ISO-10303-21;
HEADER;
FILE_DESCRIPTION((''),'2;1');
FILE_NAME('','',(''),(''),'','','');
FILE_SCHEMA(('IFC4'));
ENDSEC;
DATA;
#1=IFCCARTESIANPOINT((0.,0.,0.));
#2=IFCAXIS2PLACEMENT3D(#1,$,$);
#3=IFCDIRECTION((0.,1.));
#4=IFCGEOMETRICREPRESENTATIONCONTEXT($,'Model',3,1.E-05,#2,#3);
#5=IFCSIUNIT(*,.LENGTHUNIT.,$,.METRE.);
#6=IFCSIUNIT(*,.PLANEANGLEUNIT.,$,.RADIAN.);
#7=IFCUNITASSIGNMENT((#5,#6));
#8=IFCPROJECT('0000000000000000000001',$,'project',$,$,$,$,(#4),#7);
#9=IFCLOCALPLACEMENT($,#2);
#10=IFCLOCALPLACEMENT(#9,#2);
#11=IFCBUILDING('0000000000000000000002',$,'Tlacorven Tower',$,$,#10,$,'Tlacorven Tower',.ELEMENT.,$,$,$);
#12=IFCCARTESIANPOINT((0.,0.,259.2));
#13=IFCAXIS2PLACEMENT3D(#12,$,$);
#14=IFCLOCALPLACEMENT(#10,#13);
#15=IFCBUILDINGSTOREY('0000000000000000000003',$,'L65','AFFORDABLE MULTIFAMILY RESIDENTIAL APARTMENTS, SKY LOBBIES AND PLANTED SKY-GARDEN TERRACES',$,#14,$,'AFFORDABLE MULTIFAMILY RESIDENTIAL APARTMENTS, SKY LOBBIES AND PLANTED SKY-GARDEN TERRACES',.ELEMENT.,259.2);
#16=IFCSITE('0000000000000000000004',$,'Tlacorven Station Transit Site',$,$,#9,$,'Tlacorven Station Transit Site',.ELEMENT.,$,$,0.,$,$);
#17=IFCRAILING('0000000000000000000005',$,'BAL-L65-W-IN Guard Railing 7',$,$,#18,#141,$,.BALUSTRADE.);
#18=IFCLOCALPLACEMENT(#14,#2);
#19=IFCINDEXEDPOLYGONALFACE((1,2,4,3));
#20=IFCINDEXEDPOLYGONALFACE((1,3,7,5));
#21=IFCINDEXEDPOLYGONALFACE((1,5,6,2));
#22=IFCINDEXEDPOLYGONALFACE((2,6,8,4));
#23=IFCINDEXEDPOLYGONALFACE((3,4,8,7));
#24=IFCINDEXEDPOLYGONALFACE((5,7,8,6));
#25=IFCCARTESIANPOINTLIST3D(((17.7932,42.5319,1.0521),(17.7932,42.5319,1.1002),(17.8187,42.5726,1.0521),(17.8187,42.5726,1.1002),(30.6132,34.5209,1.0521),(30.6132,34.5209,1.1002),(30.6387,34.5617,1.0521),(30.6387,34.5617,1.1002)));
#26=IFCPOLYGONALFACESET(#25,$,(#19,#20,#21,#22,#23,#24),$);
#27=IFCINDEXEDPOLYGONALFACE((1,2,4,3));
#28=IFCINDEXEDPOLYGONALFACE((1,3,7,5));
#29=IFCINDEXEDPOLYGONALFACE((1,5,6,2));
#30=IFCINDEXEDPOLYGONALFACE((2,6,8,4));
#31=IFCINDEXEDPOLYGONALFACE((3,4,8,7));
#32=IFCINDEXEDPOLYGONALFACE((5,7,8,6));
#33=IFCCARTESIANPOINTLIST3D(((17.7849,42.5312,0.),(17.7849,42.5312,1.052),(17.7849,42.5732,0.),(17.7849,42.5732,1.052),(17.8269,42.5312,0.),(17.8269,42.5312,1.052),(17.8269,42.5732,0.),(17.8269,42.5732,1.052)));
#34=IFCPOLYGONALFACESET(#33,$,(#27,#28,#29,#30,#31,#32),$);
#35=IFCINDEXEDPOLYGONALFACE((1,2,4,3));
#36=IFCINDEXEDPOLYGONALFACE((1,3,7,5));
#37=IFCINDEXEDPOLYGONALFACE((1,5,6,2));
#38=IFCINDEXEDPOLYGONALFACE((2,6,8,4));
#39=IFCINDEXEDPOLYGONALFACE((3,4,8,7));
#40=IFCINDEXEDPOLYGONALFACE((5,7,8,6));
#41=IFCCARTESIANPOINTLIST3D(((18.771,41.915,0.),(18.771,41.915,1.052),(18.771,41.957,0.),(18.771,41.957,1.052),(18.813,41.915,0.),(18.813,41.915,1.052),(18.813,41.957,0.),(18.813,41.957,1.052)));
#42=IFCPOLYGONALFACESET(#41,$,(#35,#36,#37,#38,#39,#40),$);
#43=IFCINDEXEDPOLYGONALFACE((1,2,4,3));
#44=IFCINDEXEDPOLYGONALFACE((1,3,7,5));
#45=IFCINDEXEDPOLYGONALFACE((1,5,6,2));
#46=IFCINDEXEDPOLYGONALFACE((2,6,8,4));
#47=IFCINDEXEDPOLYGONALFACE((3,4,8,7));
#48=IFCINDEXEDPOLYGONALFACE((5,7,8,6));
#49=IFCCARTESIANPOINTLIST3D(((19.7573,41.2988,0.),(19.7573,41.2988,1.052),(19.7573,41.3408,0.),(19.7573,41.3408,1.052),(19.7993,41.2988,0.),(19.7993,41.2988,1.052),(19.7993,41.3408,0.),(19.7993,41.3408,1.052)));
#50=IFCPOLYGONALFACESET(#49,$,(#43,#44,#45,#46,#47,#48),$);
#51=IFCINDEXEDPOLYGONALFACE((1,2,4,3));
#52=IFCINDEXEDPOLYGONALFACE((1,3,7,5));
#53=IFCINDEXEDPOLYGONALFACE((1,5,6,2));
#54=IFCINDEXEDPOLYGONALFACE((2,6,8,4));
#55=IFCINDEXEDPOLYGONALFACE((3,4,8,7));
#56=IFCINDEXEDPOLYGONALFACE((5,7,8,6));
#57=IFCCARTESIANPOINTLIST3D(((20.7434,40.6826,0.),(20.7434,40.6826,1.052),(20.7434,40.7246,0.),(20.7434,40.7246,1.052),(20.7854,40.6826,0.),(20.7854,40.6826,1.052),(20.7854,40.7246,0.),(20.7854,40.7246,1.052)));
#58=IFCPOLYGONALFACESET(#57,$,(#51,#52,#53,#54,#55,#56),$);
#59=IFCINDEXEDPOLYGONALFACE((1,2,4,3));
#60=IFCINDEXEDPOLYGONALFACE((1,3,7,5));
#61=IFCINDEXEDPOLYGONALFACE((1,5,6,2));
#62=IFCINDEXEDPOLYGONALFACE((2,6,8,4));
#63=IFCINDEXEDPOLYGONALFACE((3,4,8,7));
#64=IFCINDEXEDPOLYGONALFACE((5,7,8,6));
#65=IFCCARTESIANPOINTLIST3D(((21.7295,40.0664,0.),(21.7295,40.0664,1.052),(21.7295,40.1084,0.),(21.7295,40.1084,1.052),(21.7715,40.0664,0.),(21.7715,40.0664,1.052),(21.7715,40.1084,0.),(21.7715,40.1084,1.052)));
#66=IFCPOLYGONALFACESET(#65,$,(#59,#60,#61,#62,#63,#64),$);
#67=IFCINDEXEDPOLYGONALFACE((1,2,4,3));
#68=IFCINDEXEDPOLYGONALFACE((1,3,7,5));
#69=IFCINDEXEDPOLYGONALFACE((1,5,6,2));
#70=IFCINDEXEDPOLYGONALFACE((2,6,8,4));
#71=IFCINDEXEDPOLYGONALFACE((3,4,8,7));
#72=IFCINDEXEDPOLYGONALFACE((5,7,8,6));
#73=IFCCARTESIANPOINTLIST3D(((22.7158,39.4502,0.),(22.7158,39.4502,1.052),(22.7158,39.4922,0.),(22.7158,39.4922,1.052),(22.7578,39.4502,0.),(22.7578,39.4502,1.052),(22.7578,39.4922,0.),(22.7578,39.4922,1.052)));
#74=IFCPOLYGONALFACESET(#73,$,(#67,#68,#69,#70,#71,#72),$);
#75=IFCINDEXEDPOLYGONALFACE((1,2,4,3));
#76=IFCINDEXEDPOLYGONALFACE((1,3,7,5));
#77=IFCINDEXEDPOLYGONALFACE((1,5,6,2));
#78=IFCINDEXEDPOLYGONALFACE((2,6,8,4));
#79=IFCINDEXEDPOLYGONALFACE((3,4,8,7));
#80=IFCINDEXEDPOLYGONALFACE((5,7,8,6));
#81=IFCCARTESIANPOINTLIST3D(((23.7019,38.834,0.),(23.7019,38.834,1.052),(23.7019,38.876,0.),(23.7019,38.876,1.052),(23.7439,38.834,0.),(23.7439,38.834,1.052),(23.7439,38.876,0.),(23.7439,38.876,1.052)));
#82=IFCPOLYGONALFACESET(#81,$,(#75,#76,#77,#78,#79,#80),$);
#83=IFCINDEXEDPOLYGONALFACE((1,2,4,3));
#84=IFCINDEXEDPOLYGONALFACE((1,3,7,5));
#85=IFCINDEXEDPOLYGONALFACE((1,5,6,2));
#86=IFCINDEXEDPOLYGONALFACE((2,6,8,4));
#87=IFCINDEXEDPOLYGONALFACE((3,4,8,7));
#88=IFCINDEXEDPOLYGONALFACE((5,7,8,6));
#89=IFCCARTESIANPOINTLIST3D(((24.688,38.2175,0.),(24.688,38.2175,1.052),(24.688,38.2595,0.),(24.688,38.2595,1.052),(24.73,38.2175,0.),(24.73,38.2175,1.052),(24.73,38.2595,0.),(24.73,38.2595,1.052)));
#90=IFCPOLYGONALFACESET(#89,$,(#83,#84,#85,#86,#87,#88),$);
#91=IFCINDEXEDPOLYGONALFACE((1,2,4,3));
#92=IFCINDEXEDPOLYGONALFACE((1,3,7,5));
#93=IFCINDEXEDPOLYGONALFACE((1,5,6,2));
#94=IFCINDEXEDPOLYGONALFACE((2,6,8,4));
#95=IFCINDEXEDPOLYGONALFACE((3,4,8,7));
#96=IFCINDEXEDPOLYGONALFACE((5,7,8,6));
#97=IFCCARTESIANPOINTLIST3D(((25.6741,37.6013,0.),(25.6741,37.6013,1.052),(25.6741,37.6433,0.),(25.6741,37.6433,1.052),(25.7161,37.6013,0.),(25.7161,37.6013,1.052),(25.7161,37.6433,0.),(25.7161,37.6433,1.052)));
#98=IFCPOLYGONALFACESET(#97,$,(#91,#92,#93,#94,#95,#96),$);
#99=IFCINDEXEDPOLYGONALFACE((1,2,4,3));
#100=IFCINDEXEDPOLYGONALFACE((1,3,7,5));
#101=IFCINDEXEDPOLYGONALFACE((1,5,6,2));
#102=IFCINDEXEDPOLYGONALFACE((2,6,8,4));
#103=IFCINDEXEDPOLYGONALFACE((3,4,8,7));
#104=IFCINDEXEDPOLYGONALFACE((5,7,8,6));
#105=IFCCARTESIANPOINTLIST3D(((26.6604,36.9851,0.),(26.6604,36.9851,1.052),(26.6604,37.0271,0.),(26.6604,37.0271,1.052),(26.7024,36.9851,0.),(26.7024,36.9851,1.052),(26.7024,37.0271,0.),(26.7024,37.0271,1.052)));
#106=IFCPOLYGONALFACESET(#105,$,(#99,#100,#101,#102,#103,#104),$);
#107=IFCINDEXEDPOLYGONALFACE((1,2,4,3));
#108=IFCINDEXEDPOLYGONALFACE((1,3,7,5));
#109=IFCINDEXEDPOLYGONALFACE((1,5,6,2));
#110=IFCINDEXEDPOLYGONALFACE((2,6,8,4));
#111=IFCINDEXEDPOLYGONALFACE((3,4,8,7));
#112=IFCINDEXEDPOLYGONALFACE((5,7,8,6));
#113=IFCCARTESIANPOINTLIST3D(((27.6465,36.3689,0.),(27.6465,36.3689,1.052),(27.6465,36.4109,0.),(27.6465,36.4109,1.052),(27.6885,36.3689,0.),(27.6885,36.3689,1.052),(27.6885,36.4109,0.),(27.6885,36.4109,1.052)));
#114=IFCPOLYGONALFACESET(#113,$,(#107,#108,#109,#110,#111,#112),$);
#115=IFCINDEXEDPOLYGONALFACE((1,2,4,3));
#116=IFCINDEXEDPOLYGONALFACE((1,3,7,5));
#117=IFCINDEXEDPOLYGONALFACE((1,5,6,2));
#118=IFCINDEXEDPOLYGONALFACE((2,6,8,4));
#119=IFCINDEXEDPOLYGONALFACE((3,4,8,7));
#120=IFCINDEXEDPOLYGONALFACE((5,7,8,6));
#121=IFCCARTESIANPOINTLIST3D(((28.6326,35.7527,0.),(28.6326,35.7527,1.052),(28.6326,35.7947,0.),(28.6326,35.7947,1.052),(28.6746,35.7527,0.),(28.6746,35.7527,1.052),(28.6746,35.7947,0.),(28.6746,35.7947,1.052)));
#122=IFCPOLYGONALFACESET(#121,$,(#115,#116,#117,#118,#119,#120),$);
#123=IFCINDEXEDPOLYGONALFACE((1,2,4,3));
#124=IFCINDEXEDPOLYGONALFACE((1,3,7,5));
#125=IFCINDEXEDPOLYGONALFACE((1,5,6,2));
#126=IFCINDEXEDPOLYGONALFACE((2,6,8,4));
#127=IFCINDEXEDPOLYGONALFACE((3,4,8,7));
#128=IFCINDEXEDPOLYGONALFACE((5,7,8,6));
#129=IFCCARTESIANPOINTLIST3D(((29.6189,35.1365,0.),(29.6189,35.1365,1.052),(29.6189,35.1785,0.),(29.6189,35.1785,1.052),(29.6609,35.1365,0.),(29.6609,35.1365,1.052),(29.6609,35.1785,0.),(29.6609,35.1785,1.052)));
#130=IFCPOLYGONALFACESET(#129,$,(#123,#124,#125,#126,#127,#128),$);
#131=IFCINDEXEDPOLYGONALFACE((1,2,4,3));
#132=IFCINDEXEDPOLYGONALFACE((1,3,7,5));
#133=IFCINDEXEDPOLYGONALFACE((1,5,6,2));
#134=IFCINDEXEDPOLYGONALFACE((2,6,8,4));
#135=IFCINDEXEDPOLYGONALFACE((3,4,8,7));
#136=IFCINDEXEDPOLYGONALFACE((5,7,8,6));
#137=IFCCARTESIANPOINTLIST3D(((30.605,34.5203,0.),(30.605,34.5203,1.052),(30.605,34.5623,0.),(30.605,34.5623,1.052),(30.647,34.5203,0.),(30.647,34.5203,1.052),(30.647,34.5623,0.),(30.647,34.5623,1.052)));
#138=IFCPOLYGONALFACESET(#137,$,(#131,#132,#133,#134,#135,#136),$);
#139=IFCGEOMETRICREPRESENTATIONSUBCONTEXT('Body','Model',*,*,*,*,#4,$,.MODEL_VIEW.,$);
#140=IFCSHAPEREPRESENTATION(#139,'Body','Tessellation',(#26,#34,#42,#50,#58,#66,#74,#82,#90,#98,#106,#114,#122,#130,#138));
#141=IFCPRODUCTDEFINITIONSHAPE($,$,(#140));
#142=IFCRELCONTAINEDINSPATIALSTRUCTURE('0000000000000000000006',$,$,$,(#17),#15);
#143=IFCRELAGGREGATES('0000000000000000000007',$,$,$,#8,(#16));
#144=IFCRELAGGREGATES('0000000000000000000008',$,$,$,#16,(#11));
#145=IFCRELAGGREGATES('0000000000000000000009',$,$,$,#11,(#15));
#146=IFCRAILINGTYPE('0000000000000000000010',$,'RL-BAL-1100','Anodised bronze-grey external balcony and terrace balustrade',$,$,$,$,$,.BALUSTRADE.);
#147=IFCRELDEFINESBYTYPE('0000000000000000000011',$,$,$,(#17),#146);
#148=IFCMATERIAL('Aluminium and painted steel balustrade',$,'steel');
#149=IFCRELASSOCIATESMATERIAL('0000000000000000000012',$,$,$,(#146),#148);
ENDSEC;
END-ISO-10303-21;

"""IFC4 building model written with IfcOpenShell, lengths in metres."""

from ifc_helpers import new_model, si_unit, direction, frame, origin, origin_2d, place, context, subcontext, project, spatial, rectangle, extrude, source, transform, mapped, material, type_object, element, save


model = new_model("IFC4")

# Units and contexts
model_context = context("Model", 3, precision=1e-05, world=origin(), true_north=direction((0.0, 1.0)))
body_context = subcontext(model_context, "Body", "Model", "MODEL_VIEW")
ifc_project = project(units=[si_unit("LENGTHUNIT", "METRE"), si_unit("PLANEANGLEUNIT", "RADIAN")], contexts=[model_context])

# Site, building, storey
site_placement = place(None, origin())
site = spatial("IfcSite", under=ifc_project, at=site_placement, Name="Tlacorven Station Transit Site", LongName="Tlacorven Station Transit Site", CompositionType="ELEMENT", RefElevation=0.0)
building_placement = place(site_placement, origin())
building = spatial("IfcBuilding", under=site, at=building_placement, Name="Tlacorven Tower", LongName="Tlacorven Tower", CompositionType="ELEMENT")
storey_placement = place(building_placement, frame((0.0, 0.0, 259.2)))
storey = spatial("IfcBuildingStorey", under=building, at=storey_placement, Name="L65", Description="AFFORDABLE MULTIFAMILY RESIDENTIAL APARTMENTS, SKY LOBBIES AND PLANTED SKY-GARDEN TERRACES", LongName="AFFORDABLE MULTIFAMILY RESIDENTIAL APARTMENTS, SKY LOBBIES AND PLANTED SKY-GARDEN TERRACES", CompositionType="ELEMENT", Elevation=259.2)

# Railing
ifc_material_1 = material(Name="Aluminium and painted steel balustrade", Category="steel")
railing_type = type_object("IfcRailingType", Name="RL-BAL-1100", Description="Anodised bronze-grey external balcony and terrace balustrade", PredefinedType="BALUSTRADE", material=ifc_material_1)
shared_shape_1 = source(origin(), body_context, "Body", "SweptSolid", [
    extrude(rectangle(XDim=0.0481, YDim=0.0481, at=origin_2d()), frame((0.0, 0.0, 1.0762), z_axis=(0.848045, -0.529925, 0.0), x_axis=(0.529925, 0.848045, 0.0)), (0.0, 0.0, 1.0), 15.1172),
    extrude(rectangle(XDim=0.042, YDim=0.042, at=origin_2d()), origin(), (0.0, 0.0, 1.0), 1.052),
    extrude(rectangle(XDim=0.042, YDim=0.042, at=origin_2d()), frame((0.9861, -0.6162, 0.0)), (0.0, 0.0, 1.0), 1.052),
    extrude(rectangle(XDim=0.042, YDim=0.042, at=origin_2d()), frame((1.9724, -1.2324, 0.0)), (0.0, 0.0, 1.0), 1.052),
    extrude(rectangle(XDim=0.042, YDim=0.042, at=origin_2d()), frame((2.9585, -1.8486, 0.0)), (0.0, 0.0, 1.0), 1.052),
    extrude(rectangle(XDim=0.042, YDim=0.042, at=origin_2d()), frame((3.9446, -2.4648, 0.0)), (0.0, 0.0, 1.0), 1.052),
    extrude(rectangle(XDim=0.042, YDim=0.042, at=origin_2d()), frame((4.9309, -3.0811, 0.0)), (0.0, 0.0, 1.0), 1.052),
    extrude(rectangle(XDim=0.042, YDim=0.042, at=origin_2d()), frame((5.917, -3.6973, 0.0)), (0.0, 0.0, 1.0), 1.052),
    extrude(rectangle(XDim=0.042, YDim=0.042, at=origin_2d()), frame((6.9031, -4.3137, 0.0)), (0.0, 0.0, 1.0), 1.052),
    extrude(rectangle(XDim=0.042, YDim=0.042, at=origin_2d()), frame((7.8892, -4.9299, 0.0)), (0.0, 0.0, 1.0), 1.052),
    extrude(rectangle(XDim=0.042, YDim=0.042, at=origin_2d()), frame((8.8755, -5.5461, 0.0)), (0.0, 0.0, 1.0), 1.052),
    extrude(rectangle(XDim=0.042, YDim=0.042, at=origin_2d()), frame((9.8616, -6.1624, 0.0)), (0.0, 0.0, 1.0), 1.052),
    extrude(rectangle(XDim=0.042, YDim=0.042, at=origin_2d()), frame((10.8477, -6.7786, 0.0)), (0.0, 0.0, 1.0), 1.052),
    extrude(rectangle(XDim=0.042, YDim=0.042, at=origin_2d()), frame((11.834, -7.3948, 0.0)), (0.0, 0.0, 1.0), 1.052),
    extrude(rectangle(XDim=0.042, YDim=0.042, at=origin_2d()), frame((12.8201, -8.011, 0.0)), (0.0, 0.0, 1.0), 1.052),
])
railing_1_placement = place(storey_placement, frame((17.8059, 42.5522, 0.0)))
element("IfcRailing", 1, at=railing_1_placement, inside=storey, type_object=railing_type, Name="BAL-L65-W-IN Guard Railing 7", PredefinedType="BALUSTRADE", context=body_context, shape_type="MappedRepresentation", body=[
    mapped(shared_shape_1, transform((0.0, 0.0, 0.0), scale=1.0)),
])

save(model, "model.ifc")
